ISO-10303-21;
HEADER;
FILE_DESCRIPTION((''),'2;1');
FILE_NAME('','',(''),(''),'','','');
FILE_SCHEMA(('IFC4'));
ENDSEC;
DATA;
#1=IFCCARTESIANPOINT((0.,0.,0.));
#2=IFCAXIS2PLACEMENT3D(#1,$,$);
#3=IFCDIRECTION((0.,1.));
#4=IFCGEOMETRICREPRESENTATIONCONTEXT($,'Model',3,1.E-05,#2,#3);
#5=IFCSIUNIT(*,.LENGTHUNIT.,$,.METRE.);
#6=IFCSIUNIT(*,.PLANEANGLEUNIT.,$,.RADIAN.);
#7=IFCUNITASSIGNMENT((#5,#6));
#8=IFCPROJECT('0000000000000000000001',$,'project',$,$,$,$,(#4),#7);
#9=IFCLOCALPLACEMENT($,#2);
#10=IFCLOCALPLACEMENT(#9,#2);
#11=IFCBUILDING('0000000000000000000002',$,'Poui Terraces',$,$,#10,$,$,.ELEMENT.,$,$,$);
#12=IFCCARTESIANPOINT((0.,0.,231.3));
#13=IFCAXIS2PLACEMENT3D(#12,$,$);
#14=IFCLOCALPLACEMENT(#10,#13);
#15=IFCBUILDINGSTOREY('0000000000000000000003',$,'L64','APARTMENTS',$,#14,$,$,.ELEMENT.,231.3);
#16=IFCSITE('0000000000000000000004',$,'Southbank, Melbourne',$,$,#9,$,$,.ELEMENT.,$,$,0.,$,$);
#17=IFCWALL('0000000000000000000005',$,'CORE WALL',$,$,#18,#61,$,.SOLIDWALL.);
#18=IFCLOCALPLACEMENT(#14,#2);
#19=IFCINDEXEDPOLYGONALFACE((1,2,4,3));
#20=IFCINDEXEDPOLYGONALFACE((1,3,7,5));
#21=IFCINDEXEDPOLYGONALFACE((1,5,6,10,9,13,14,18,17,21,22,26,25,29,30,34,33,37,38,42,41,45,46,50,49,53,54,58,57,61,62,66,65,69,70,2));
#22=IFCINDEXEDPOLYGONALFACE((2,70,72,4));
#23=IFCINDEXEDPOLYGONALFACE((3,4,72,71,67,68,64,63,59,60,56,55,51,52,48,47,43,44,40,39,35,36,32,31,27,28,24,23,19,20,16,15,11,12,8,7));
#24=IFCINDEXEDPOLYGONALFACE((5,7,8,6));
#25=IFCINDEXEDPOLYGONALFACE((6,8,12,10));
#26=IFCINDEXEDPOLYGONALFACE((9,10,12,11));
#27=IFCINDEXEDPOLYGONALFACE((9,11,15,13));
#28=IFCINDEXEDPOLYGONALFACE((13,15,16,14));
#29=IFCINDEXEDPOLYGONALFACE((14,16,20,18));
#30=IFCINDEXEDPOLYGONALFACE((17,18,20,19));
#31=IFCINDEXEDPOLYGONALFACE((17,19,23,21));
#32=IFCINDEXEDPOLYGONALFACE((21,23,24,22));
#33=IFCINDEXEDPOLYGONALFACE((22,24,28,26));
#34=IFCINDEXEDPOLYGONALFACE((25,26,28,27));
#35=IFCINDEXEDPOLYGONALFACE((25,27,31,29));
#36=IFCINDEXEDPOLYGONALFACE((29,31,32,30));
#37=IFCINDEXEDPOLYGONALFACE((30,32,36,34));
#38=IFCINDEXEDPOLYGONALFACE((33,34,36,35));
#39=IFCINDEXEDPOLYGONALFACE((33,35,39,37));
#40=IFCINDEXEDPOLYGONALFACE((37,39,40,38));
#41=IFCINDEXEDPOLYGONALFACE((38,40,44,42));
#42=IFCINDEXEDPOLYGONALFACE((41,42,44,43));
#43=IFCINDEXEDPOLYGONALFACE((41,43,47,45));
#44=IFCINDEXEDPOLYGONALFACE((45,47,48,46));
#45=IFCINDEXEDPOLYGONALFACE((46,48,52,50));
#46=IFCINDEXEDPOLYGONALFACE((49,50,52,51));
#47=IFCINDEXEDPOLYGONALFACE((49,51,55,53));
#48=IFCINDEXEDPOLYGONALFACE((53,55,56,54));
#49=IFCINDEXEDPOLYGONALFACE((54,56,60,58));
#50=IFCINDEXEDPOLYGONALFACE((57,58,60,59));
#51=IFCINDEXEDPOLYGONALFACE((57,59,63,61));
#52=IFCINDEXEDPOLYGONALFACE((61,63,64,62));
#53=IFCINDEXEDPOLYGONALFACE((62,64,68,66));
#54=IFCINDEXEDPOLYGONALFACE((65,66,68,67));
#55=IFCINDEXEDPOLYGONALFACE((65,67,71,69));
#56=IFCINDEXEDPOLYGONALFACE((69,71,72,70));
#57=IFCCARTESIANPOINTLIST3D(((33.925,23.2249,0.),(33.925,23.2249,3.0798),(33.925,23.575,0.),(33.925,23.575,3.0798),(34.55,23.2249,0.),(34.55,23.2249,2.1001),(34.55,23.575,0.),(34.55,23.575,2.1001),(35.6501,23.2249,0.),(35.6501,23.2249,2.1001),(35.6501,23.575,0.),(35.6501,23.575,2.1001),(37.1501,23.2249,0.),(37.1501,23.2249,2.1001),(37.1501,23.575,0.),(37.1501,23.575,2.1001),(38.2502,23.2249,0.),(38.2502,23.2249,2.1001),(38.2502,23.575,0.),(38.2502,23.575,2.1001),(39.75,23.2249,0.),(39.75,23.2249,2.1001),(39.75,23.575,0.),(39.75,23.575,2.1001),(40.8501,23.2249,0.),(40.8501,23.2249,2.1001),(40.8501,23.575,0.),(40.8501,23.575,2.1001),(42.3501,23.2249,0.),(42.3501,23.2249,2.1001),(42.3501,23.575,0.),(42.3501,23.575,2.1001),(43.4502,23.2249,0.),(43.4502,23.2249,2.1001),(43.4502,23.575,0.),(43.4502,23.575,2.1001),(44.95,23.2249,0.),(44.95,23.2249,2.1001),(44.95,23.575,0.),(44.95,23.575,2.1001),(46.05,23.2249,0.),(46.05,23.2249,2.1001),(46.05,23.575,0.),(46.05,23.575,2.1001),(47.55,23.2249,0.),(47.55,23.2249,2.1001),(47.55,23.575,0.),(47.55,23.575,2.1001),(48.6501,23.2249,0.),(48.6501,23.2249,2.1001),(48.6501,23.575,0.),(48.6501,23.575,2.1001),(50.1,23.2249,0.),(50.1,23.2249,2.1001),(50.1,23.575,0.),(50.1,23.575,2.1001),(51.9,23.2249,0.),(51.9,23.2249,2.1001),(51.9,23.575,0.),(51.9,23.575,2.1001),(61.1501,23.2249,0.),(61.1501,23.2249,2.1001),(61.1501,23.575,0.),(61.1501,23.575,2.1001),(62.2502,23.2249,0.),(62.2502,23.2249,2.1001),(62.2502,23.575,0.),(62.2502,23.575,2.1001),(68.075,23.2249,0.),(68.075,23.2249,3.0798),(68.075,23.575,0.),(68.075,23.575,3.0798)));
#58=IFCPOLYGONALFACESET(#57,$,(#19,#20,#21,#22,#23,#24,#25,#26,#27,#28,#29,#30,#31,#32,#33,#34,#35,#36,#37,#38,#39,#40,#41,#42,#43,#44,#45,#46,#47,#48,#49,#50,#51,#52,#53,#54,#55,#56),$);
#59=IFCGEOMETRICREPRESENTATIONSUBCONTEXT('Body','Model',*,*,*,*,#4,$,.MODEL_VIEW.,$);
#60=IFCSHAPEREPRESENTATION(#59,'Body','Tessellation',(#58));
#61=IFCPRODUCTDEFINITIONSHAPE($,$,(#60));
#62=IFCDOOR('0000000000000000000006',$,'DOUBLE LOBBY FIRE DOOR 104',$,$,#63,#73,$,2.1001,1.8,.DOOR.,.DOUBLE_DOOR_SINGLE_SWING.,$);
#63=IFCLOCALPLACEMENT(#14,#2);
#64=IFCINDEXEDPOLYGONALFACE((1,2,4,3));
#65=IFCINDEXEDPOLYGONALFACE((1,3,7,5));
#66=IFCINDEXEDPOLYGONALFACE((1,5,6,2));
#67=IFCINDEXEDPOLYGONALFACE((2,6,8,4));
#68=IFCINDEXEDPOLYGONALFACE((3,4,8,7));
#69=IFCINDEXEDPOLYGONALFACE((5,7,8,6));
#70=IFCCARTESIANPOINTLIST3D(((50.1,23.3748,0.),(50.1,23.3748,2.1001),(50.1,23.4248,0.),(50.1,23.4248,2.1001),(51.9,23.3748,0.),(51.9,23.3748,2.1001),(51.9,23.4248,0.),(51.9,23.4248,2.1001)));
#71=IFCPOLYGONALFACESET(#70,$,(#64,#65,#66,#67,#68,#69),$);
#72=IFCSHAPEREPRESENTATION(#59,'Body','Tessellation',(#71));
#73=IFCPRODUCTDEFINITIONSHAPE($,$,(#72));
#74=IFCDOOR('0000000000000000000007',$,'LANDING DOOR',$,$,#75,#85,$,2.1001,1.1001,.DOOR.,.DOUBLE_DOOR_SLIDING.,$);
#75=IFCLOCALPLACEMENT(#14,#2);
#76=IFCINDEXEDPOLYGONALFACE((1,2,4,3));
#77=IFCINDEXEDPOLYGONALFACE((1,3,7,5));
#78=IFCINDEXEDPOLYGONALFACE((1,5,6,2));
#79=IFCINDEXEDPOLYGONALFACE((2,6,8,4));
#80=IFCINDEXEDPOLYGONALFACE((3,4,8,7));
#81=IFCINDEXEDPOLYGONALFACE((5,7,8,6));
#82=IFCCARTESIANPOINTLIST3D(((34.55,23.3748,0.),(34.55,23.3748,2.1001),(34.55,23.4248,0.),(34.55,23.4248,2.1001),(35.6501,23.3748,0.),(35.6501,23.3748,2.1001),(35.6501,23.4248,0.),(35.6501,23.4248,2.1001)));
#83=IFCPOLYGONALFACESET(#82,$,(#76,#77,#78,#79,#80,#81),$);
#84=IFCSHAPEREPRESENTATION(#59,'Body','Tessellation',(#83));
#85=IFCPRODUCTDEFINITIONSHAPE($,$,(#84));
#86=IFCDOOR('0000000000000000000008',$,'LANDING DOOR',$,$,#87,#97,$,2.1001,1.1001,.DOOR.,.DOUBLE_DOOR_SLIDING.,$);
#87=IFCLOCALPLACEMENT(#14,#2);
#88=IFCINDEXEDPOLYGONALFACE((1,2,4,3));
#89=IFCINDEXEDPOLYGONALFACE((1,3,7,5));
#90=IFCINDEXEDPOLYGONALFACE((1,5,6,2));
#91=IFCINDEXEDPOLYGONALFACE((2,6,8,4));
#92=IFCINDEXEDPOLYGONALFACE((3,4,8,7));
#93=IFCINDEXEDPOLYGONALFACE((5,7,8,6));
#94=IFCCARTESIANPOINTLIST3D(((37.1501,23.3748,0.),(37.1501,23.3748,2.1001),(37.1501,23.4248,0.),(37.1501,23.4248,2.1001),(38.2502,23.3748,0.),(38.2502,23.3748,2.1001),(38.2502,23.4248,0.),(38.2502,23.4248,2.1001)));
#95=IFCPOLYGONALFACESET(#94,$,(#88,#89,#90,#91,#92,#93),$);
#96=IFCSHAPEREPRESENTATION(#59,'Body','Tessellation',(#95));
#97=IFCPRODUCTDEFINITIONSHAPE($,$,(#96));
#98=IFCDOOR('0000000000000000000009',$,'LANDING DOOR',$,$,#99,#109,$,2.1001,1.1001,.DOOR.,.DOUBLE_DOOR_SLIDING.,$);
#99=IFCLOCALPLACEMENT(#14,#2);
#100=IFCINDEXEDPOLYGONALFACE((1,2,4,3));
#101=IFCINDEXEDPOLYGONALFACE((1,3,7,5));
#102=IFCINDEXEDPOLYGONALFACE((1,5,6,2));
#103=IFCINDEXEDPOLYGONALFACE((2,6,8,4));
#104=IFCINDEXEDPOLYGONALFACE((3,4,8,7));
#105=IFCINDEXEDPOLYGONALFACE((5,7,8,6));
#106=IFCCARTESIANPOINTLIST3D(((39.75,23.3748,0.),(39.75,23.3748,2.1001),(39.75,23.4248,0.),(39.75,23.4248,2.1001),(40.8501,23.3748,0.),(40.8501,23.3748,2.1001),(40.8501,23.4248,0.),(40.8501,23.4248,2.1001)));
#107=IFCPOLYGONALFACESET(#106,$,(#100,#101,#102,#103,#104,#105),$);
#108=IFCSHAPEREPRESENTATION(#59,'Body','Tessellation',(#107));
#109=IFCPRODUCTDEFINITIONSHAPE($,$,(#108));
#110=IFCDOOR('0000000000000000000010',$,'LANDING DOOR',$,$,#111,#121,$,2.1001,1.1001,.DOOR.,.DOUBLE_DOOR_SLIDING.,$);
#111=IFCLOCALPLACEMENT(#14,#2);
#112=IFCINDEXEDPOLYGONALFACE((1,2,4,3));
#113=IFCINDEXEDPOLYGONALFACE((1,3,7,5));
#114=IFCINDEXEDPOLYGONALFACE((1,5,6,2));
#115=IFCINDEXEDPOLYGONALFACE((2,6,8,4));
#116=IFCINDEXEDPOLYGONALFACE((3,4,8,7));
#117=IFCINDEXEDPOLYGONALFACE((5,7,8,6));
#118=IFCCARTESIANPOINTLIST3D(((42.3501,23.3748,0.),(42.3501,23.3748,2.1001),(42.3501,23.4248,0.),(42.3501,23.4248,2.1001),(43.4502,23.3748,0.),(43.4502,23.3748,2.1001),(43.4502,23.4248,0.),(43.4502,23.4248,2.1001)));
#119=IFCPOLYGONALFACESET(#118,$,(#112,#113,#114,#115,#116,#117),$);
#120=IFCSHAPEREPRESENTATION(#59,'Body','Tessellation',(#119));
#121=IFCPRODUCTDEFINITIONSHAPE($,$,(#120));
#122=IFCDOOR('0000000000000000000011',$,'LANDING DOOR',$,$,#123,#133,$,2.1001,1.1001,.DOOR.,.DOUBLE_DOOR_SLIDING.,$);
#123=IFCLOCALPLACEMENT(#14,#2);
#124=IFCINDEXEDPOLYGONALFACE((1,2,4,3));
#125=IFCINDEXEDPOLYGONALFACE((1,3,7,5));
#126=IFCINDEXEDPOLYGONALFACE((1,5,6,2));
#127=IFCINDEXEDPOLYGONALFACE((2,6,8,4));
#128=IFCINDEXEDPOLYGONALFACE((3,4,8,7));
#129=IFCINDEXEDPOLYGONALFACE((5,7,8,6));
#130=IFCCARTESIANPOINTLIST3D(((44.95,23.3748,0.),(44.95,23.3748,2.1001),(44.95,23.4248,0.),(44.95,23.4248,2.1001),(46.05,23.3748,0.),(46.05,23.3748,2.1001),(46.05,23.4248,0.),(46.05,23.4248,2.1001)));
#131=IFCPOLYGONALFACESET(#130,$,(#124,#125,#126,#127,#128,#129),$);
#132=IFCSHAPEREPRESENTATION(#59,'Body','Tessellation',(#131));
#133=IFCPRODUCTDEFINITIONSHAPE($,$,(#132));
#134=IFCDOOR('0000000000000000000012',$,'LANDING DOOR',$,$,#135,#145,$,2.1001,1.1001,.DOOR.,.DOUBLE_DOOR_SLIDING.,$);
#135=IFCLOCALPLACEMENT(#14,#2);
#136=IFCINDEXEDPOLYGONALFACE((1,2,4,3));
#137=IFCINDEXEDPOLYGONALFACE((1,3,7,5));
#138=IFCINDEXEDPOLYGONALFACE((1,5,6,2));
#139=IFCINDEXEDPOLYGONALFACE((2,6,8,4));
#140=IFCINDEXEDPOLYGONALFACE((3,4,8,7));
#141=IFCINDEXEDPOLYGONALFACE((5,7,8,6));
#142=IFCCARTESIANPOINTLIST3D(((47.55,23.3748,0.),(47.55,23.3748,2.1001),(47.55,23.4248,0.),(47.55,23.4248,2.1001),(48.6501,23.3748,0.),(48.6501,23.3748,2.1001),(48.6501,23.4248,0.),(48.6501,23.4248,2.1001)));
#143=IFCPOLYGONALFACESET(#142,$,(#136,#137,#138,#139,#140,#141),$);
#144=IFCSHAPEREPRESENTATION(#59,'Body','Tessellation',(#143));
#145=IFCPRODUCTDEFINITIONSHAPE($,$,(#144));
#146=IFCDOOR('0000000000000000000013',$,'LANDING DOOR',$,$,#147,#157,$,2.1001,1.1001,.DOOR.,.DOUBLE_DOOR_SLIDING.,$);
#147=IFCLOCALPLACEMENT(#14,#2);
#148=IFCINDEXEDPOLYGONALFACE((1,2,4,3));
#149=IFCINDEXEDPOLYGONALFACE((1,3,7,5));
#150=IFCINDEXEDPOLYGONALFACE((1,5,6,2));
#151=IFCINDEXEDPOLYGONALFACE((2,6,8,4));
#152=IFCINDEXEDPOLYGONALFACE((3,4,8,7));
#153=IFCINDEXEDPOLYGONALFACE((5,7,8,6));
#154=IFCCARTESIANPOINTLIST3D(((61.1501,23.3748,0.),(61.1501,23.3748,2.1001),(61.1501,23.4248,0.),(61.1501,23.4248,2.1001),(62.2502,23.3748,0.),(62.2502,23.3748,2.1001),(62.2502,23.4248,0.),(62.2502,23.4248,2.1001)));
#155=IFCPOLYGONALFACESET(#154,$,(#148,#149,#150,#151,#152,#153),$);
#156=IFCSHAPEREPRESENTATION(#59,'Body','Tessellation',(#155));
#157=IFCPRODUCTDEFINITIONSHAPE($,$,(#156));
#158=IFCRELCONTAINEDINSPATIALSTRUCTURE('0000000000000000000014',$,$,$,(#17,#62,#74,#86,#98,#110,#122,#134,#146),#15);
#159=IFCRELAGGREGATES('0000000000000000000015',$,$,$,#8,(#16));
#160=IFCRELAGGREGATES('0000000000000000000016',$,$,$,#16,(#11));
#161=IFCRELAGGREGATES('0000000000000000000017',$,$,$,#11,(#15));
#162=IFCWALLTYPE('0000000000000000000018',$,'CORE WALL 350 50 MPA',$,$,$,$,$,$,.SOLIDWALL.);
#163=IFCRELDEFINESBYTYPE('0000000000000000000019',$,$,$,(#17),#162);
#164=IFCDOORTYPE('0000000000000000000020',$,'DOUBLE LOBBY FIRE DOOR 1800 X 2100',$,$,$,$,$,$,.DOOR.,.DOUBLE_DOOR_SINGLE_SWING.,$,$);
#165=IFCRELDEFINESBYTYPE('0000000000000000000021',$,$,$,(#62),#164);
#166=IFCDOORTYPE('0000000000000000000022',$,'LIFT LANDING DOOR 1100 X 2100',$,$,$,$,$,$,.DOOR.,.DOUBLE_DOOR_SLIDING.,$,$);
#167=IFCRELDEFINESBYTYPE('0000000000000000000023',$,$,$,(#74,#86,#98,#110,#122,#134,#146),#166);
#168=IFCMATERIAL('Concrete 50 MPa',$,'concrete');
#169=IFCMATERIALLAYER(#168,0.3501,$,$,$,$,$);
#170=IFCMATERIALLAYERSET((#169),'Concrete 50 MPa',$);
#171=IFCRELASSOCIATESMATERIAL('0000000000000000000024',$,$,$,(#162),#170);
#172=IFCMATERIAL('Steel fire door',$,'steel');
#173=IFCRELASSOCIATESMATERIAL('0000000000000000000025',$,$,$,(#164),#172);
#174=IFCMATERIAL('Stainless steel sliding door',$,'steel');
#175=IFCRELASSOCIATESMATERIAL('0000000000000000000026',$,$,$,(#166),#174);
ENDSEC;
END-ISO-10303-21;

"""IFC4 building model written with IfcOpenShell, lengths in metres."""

from ifc_helpers import new_model, si_unit, direction, frame, frame_2d, origin, place, context, subcontext, project, spatial, rectangle, extrude, material, layer, layer_set, type_object, element, fill, save


model = new_model("IFC4")

# Units and contexts
model_context = context("Model", 3, precision=1e-05, world=origin(), true_north=direction((0.0, 1.0)))
body_context = subcontext(model_context, "Body", "Model", "MODEL_VIEW")
ifc_project = project(units=[si_unit("LENGTHUNIT", "METRE"), si_unit("PLANEANGLEUNIT", "RADIAN")], contexts=[model_context])

# Site, building, storey
site_placement = place(None, origin())
site = spatial("IfcSite", under=ifc_project, at=site_placement, Name="Southbank, Melbourne", CompositionType="ELEMENT", RefElevation=0.0)
building_placement = place(site_placement, origin())
building = spatial("IfcBuilding", under=site, at=building_placement, Name="Poui Terraces", CompositionType="ELEMENT")
storey_placement = place(building_placement, frame((0.0, 0.0, 231.3)))
storey = spatial("IfcBuildingStorey", under=building, at=storey_placement, Name="L64", Description="APARTMENTS", CompositionType="ELEMENT", Elevation=231.3)

# Wall, openings, doors
ifc_material_1 = material(Name="Concrete 50 MPa", Category="concrete")
ifc_layer_1 = layer(ifc_material_1, 0.3501)
ifc_layer_set_1 = layer_set([ifc_layer_1], Name="Concrete 50 MPa")
wall_type_1 = type_object("IfcWallType", Name="CORE WALL 350 50 MPA", PredefinedType="SOLIDWALL", material=ifc_layer_set_1)
ifc_material_2 = material(Name="Steel fire door", Category="steel")
door_type_1 = type_object("IfcDoorType", Name="DOUBLE LOBBY FIRE DOOR 1800 X 2100", OperationType="DOUBLE_DOOR_SINGLE_SWING", PredefinedType="DOOR", material=ifc_material_2)
wall_1_placement = place(storey_placement, frame((33.925, 23.3999, 0.0), z_axis=(0.0, 0.0, 1.0), x_axis=(1.0, 0.0, 0.0)))
wall_1 = element("IfcWall", 1, at=wall_1_placement, inside=storey, type_object=wall_type_1, Name="CORE WALL", PredefinedType="SOLIDWALL", context=body_context, shape_type="SweptSolid", body=[
    extrude(rectangle(XDim=34.1499, YDim=0.3501, at=frame_2d((17.075, 0.0))), origin(), (0.0, 0.0, 1.0), 3.0798),
])
opening_1_placement = place(wall_1_placement, frame((16.175, 0.0, 0.0)))
opening_1 = element("IfcOpeningElement", 2, at=opening_1_placement, cuts=wall_1, PredefinedType="OPENING", context=body_context, shape_type="SweptSolid", body=[
    extrude(rectangle(XDim=1.8, YDim=2.1001, at=frame_2d((0.8999, 1.05))), frame((0.0, 0.1851, 0.0), z_axis=(0.0, -1.0, 0.0), x_axis=(1.0, 0.0, 0.0)), (0.0, 0.0, 1.0), 0.3701),
])
opening_2_placement = place(wall_1_placement, frame((0.625, 0.0, 0.0)))
opening_2 = element("IfcOpeningElement", 3, at=opening_2_placement, cuts=wall_1, PredefinedType="OPENING", context=body_context, shape_type="SweptSolid", body=[
    extrude(rectangle(XDim=1.1001, YDim=2.1001, at=frame_2d((0.55, 1.05))), frame((0.0, 0.1851, 0.0), z_axis=(0.0, -1.0, 0.0), x_axis=(1.0, 0.0, 0.0)), (0.0, 0.0, 1.0), 0.3701),
])
opening_3_placement = place(wall_1_placement, frame((3.2251, 0.0, 0.0)))
opening_3 = element("IfcOpeningElement", 4, at=opening_3_placement, cuts=wall_1, PredefinedType="OPENING", context=body_context, shape_type="SweptSolid", body=[
    extrude(rectangle(XDim=1.1001, YDim=2.1001, at=frame_2d((0.55, 1.05))), frame((0.0, 0.1851, 0.0), z_axis=(0.0, -1.0, 0.0), x_axis=(1.0, 0.0, 0.0)), (0.0, 0.0, 1.0), 0.3701),
])
opening_4_placement = place(wall_1_placement, frame((5.825, 0.0, 0.0)))
opening_4 = element("IfcOpeningElement", 5, at=opening_4_placement, cuts=wall_1, PredefinedType="OPENING", context=body_context, shape_type="SweptSolid", body=[
    extrude(rectangle(XDim=1.1001, YDim=2.1001, at=frame_2d((0.55, 1.05))), frame((0.0, 0.1851, 0.0), z_axis=(0.0, -1.0, 0.0), x_axis=(1.0, 0.0, 0.0)), (0.0, 0.0, 1.0), 0.3701),
])
opening_5_placement = place(wall_1_placement, frame((8.425, 0.0, 0.0)))
opening_5 = element("IfcOpeningElement", 6, at=opening_5_placement, cuts=wall_1, PredefinedType="OPENING", context=body_context, shape_type="SweptSolid", body=[
    extrude(rectangle(XDim=1.1001, YDim=2.1001, at=frame_2d((0.55, 1.05))), frame((0.0, 0.1851, 0.0), z_axis=(0.0, -1.0, 0.0), x_axis=(1.0, 0.0, 0.0)), (0.0, 0.0, 1.0), 0.3701),
])
opening_6_placement = place(wall_1_placement, frame((11.0249, 0.0, 0.0)))
opening_6 = element("IfcOpeningElement", 7, at=opening_6_placement, cuts=wall_1, PredefinedType="OPENING", context=body_context, shape_type="SweptSolid", body=[
    extrude(rectangle(XDim=1.1001, YDim=2.1001, at=frame_2d((0.55, 1.05))), frame((0.0, 0.1851, 0.0), z_axis=(0.0, -1.0, 0.0), x_axis=(1.0, 0.0, 0.0)), (0.0, 0.0, 1.0), 0.3701),
])
opening_7_placement = place(wall_1_placement, frame((13.625, 0.0, 0.0)))
opening_7 = element("IfcOpeningElement", 8, at=opening_7_placement, cuts=wall_1, PredefinedType="OPENING", context=body_context, shape_type="SweptSolid", body=[
    extrude(rectangle(XDim=1.1001, YDim=2.1001, at=frame_2d((0.55, 1.05))), frame((0.0, 0.1851, 0.0), z_axis=(0.0, -1.0, 0.0), x_axis=(1.0, 0.0, 0.0)), (0.0, 0.0, 1.0), 0.3701),
])
opening_8_placement = place(wall_1_placement, frame((27.2251, 0.0, 0.0)))
opening_8 = element("IfcOpeningElement", 9, at=opening_8_placement, cuts=wall_1, PredefinedType="OPENING", context=body_context, shape_type="SweptSolid", body=[
    extrude(rectangle(XDim=1.1001, YDim=2.1001, at=frame_2d((0.55, 1.05))), frame((0.0, 0.1851, 0.0), z_axis=(0.0, -1.0, 0.0), x_axis=(1.0, 0.0, 0.0)), (0.0, 0.0, 1.0), 0.3701),
])
door_1_placement = place(opening_1_placement, origin())
door_1 = element("IfcDoor", 10, at=door_1_placement, inside=storey, type_object=door_type_1, Name="DOUBLE LOBBY FIRE DOOR 104", OperationType="DOUBLE_DOOR_SINGLE_SWING", OverallHeight=2.1001, OverallWidth=1.8, PredefinedType="DOOR", context=body_context, shape_type="SweptSolid", body=[
    extrude(rectangle(XDim=1.8, YDim=2.1001, at=frame_2d((0.8999, 1.05))), frame((0.0, 0.0249, 0.0), z_axis=(0.0, -1.0, 0.0), x_axis=(1.0, 0.0, 0.0)), (0.0, 0.0, 1.0), 0.05),
])
fill(opening_1, door_1)
ifc_material_3 = material(Name="Stainless steel sliding door", Category="steel")
door_type_2 = type_object("IfcDoorType", Name="LIFT LANDING DOOR 1100 X 2100", OperationType="DOUBLE_DOOR_SLIDING", PredefinedType="DOOR", material=ifc_material_3)
door_2_placement = place(opening_2_placement, origin())
door_2 = element("IfcDoor", 11, at=door_2_placement, inside=storey, type_object=door_type_2, Name="LANDING DOOR", OperationType="DOUBLE_DOOR_SLIDING", OverallHeight=2.1001, OverallWidth=1.1001, PredefinedType="DOOR", context=body_context, shape_type="SweptSolid", body=[
    extrude(rectangle(XDim=1.1001, YDim=2.1001, at=frame_2d((0.55, 1.05))), frame((0.0, 0.0249, 0.0), z_axis=(0.0, -1.0, 0.0), x_axis=(1.0, 0.0, 0.0)), (0.0, 0.0, 1.0), 0.05),
])
fill(opening_2, door_2)
door_3_placement = place(opening_3_placement, origin())
door_3 = element("IfcDoor", 12, at=door_3_placement, inside=storey, type_object=door_type_2, Name="LANDING DOOR", OperationType="DOUBLE_DOOR_SLIDING", OverallHeight=2.1001, OverallWidth=1.1001, PredefinedType="DOOR", context=body_context, shape_type="SweptSolid", body=[
    extrude(rectangle(XDim=1.1001, YDim=2.1001, at=frame_2d((0.55, 1.05))), frame((0.0, 0.0249, 0.0), z_axis=(0.0, -1.0, 0.0), x_axis=(1.0, 0.0, 0.0)), (0.0, 0.0, 1.0), 0.05),
])
fill(opening_3, door_3)
door_4_placement = place(opening_4_placement, origin())
door_4 = element("IfcDoor", 13, at=door_4_placement, inside=storey, type_object=door_type_2, Name="LANDING DOOR", OperationType="DOUBLE_DOOR_SLIDING", OverallHeight=2.1001, OverallWidth=1.1001, PredefinedType="DOOR", context=body_context, shape_type="SweptSolid", body=[
    extrude(rectangle(XDim=1.1001, YDim=2.1001, at=frame_2d((0.55, 1.05))), frame((0.0, 0.0249, 0.0), z_axis=(0.0, -1.0, 0.0), x_axis=(1.0, 0.0, 0.0)), (0.0, 0.0, 1.0), 0.05),
])
fill(opening_4, door_4)
door_5_placement = place(opening_5_placement, origin())
door_5 = element("IfcDoor", 14, at=door_5_placement, inside=storey, type_object=door_type_2, Name="LANDING DOOR", OperationType="DOUBLE_DOOR_SLIDING", OverallHeight=2.1001, OverallWidth=1.1001, PredefinedType="DOOR", context=body_context, shape_type="SweptSolid", body=[
    extrude(rectangle(XDim=1.1001, YDim=2.1001, at=frame_2d((0.55, 1.05))), frame((0.0, 0.0249, 0.0), z_axis=(0.0, -1.0, 0.0), x_axis=(1.0, 0.0, 0.0)), (0.0, 0.0, 1.0), 0.05),
])
fill(opening_5, door_5)
door_6_placement = place(opening_6_placement, origin())
door_6 = element("IfcDoor", 15, at=door_6_placement, inside=storey, type_object=door_type_2, Name="LANDING DOOR", OperationType="DOUBLE_DOOR_SLIDING", OverallHeight=2.1001, OverallWidth=1.1001, PredefinedType="DOOR", context=body_context, shape_type="SweptSolid", body=[
    extrude(rectangle(XDim=1.1001, YDim=2.1001, at=frame_2d((0.55, 1.05))), frame((0.0, 0.0249, 0.0), z_axis=(0.0, -1.0, 0.0), x_axis=(1.0, 0.0, 0.0)), (0.0, 0.0, 1.0), 0.05),
])
fill(opening_6, door_6)
door_7_placement = place(opening_7_placement, origin())
door_7 = element("IfcDoor", 16, at=door_7_placement, inside=storey, type_object=door_type_2, Name="LANDING DOOR", OperationType="DOUBLE_DOOR_SLIDING", OverallHeight=2.1001, OverallWidth=1.1001, PredefinedType="DOOR", context=body_context, shape_type="SweptSolid", body=[
    extrude(rectangle(XDim=1.1001, YDim=2.1001, at=frame_2d((0.55, 1.05))), frame((0.0, 0.0249, 0.0), z_axis=(0.0, -1.0, 0.0), x_axis=(1.0, 0.0, 0.0)), (0.0, 0.0, 1.0), 0.05),
])
fill(opening_7, door_7)
door_8_placement = place(opening_8_placement, origin())
door_8 = element("IfcDoor", 17, at=door_8_placement, inside=storey, type_object=door_type_2, Name="LANDING DOOR", OperationType="DOUBLE_DOOR_SLIDING", OverallHeight=2.1001, OverallWidth=1.1001, PredefinedType="DOOR", context=body_context, shape_type="SweptSolid", body=[
    extrude(rectangle(XDim=1.1001, YDim=2.1001, at=frame_2d((0.55, 1.05))), frame((0.0, 0.0249, 0.0), z_axis=(0.0, -1.0, 0.0), x_axis=(1.0, 0.0, 0.0)), (0.0, 0.0, 1.0), 0.05),
])
fill(opening_8, door_8)

save(model, "model.ifc")
